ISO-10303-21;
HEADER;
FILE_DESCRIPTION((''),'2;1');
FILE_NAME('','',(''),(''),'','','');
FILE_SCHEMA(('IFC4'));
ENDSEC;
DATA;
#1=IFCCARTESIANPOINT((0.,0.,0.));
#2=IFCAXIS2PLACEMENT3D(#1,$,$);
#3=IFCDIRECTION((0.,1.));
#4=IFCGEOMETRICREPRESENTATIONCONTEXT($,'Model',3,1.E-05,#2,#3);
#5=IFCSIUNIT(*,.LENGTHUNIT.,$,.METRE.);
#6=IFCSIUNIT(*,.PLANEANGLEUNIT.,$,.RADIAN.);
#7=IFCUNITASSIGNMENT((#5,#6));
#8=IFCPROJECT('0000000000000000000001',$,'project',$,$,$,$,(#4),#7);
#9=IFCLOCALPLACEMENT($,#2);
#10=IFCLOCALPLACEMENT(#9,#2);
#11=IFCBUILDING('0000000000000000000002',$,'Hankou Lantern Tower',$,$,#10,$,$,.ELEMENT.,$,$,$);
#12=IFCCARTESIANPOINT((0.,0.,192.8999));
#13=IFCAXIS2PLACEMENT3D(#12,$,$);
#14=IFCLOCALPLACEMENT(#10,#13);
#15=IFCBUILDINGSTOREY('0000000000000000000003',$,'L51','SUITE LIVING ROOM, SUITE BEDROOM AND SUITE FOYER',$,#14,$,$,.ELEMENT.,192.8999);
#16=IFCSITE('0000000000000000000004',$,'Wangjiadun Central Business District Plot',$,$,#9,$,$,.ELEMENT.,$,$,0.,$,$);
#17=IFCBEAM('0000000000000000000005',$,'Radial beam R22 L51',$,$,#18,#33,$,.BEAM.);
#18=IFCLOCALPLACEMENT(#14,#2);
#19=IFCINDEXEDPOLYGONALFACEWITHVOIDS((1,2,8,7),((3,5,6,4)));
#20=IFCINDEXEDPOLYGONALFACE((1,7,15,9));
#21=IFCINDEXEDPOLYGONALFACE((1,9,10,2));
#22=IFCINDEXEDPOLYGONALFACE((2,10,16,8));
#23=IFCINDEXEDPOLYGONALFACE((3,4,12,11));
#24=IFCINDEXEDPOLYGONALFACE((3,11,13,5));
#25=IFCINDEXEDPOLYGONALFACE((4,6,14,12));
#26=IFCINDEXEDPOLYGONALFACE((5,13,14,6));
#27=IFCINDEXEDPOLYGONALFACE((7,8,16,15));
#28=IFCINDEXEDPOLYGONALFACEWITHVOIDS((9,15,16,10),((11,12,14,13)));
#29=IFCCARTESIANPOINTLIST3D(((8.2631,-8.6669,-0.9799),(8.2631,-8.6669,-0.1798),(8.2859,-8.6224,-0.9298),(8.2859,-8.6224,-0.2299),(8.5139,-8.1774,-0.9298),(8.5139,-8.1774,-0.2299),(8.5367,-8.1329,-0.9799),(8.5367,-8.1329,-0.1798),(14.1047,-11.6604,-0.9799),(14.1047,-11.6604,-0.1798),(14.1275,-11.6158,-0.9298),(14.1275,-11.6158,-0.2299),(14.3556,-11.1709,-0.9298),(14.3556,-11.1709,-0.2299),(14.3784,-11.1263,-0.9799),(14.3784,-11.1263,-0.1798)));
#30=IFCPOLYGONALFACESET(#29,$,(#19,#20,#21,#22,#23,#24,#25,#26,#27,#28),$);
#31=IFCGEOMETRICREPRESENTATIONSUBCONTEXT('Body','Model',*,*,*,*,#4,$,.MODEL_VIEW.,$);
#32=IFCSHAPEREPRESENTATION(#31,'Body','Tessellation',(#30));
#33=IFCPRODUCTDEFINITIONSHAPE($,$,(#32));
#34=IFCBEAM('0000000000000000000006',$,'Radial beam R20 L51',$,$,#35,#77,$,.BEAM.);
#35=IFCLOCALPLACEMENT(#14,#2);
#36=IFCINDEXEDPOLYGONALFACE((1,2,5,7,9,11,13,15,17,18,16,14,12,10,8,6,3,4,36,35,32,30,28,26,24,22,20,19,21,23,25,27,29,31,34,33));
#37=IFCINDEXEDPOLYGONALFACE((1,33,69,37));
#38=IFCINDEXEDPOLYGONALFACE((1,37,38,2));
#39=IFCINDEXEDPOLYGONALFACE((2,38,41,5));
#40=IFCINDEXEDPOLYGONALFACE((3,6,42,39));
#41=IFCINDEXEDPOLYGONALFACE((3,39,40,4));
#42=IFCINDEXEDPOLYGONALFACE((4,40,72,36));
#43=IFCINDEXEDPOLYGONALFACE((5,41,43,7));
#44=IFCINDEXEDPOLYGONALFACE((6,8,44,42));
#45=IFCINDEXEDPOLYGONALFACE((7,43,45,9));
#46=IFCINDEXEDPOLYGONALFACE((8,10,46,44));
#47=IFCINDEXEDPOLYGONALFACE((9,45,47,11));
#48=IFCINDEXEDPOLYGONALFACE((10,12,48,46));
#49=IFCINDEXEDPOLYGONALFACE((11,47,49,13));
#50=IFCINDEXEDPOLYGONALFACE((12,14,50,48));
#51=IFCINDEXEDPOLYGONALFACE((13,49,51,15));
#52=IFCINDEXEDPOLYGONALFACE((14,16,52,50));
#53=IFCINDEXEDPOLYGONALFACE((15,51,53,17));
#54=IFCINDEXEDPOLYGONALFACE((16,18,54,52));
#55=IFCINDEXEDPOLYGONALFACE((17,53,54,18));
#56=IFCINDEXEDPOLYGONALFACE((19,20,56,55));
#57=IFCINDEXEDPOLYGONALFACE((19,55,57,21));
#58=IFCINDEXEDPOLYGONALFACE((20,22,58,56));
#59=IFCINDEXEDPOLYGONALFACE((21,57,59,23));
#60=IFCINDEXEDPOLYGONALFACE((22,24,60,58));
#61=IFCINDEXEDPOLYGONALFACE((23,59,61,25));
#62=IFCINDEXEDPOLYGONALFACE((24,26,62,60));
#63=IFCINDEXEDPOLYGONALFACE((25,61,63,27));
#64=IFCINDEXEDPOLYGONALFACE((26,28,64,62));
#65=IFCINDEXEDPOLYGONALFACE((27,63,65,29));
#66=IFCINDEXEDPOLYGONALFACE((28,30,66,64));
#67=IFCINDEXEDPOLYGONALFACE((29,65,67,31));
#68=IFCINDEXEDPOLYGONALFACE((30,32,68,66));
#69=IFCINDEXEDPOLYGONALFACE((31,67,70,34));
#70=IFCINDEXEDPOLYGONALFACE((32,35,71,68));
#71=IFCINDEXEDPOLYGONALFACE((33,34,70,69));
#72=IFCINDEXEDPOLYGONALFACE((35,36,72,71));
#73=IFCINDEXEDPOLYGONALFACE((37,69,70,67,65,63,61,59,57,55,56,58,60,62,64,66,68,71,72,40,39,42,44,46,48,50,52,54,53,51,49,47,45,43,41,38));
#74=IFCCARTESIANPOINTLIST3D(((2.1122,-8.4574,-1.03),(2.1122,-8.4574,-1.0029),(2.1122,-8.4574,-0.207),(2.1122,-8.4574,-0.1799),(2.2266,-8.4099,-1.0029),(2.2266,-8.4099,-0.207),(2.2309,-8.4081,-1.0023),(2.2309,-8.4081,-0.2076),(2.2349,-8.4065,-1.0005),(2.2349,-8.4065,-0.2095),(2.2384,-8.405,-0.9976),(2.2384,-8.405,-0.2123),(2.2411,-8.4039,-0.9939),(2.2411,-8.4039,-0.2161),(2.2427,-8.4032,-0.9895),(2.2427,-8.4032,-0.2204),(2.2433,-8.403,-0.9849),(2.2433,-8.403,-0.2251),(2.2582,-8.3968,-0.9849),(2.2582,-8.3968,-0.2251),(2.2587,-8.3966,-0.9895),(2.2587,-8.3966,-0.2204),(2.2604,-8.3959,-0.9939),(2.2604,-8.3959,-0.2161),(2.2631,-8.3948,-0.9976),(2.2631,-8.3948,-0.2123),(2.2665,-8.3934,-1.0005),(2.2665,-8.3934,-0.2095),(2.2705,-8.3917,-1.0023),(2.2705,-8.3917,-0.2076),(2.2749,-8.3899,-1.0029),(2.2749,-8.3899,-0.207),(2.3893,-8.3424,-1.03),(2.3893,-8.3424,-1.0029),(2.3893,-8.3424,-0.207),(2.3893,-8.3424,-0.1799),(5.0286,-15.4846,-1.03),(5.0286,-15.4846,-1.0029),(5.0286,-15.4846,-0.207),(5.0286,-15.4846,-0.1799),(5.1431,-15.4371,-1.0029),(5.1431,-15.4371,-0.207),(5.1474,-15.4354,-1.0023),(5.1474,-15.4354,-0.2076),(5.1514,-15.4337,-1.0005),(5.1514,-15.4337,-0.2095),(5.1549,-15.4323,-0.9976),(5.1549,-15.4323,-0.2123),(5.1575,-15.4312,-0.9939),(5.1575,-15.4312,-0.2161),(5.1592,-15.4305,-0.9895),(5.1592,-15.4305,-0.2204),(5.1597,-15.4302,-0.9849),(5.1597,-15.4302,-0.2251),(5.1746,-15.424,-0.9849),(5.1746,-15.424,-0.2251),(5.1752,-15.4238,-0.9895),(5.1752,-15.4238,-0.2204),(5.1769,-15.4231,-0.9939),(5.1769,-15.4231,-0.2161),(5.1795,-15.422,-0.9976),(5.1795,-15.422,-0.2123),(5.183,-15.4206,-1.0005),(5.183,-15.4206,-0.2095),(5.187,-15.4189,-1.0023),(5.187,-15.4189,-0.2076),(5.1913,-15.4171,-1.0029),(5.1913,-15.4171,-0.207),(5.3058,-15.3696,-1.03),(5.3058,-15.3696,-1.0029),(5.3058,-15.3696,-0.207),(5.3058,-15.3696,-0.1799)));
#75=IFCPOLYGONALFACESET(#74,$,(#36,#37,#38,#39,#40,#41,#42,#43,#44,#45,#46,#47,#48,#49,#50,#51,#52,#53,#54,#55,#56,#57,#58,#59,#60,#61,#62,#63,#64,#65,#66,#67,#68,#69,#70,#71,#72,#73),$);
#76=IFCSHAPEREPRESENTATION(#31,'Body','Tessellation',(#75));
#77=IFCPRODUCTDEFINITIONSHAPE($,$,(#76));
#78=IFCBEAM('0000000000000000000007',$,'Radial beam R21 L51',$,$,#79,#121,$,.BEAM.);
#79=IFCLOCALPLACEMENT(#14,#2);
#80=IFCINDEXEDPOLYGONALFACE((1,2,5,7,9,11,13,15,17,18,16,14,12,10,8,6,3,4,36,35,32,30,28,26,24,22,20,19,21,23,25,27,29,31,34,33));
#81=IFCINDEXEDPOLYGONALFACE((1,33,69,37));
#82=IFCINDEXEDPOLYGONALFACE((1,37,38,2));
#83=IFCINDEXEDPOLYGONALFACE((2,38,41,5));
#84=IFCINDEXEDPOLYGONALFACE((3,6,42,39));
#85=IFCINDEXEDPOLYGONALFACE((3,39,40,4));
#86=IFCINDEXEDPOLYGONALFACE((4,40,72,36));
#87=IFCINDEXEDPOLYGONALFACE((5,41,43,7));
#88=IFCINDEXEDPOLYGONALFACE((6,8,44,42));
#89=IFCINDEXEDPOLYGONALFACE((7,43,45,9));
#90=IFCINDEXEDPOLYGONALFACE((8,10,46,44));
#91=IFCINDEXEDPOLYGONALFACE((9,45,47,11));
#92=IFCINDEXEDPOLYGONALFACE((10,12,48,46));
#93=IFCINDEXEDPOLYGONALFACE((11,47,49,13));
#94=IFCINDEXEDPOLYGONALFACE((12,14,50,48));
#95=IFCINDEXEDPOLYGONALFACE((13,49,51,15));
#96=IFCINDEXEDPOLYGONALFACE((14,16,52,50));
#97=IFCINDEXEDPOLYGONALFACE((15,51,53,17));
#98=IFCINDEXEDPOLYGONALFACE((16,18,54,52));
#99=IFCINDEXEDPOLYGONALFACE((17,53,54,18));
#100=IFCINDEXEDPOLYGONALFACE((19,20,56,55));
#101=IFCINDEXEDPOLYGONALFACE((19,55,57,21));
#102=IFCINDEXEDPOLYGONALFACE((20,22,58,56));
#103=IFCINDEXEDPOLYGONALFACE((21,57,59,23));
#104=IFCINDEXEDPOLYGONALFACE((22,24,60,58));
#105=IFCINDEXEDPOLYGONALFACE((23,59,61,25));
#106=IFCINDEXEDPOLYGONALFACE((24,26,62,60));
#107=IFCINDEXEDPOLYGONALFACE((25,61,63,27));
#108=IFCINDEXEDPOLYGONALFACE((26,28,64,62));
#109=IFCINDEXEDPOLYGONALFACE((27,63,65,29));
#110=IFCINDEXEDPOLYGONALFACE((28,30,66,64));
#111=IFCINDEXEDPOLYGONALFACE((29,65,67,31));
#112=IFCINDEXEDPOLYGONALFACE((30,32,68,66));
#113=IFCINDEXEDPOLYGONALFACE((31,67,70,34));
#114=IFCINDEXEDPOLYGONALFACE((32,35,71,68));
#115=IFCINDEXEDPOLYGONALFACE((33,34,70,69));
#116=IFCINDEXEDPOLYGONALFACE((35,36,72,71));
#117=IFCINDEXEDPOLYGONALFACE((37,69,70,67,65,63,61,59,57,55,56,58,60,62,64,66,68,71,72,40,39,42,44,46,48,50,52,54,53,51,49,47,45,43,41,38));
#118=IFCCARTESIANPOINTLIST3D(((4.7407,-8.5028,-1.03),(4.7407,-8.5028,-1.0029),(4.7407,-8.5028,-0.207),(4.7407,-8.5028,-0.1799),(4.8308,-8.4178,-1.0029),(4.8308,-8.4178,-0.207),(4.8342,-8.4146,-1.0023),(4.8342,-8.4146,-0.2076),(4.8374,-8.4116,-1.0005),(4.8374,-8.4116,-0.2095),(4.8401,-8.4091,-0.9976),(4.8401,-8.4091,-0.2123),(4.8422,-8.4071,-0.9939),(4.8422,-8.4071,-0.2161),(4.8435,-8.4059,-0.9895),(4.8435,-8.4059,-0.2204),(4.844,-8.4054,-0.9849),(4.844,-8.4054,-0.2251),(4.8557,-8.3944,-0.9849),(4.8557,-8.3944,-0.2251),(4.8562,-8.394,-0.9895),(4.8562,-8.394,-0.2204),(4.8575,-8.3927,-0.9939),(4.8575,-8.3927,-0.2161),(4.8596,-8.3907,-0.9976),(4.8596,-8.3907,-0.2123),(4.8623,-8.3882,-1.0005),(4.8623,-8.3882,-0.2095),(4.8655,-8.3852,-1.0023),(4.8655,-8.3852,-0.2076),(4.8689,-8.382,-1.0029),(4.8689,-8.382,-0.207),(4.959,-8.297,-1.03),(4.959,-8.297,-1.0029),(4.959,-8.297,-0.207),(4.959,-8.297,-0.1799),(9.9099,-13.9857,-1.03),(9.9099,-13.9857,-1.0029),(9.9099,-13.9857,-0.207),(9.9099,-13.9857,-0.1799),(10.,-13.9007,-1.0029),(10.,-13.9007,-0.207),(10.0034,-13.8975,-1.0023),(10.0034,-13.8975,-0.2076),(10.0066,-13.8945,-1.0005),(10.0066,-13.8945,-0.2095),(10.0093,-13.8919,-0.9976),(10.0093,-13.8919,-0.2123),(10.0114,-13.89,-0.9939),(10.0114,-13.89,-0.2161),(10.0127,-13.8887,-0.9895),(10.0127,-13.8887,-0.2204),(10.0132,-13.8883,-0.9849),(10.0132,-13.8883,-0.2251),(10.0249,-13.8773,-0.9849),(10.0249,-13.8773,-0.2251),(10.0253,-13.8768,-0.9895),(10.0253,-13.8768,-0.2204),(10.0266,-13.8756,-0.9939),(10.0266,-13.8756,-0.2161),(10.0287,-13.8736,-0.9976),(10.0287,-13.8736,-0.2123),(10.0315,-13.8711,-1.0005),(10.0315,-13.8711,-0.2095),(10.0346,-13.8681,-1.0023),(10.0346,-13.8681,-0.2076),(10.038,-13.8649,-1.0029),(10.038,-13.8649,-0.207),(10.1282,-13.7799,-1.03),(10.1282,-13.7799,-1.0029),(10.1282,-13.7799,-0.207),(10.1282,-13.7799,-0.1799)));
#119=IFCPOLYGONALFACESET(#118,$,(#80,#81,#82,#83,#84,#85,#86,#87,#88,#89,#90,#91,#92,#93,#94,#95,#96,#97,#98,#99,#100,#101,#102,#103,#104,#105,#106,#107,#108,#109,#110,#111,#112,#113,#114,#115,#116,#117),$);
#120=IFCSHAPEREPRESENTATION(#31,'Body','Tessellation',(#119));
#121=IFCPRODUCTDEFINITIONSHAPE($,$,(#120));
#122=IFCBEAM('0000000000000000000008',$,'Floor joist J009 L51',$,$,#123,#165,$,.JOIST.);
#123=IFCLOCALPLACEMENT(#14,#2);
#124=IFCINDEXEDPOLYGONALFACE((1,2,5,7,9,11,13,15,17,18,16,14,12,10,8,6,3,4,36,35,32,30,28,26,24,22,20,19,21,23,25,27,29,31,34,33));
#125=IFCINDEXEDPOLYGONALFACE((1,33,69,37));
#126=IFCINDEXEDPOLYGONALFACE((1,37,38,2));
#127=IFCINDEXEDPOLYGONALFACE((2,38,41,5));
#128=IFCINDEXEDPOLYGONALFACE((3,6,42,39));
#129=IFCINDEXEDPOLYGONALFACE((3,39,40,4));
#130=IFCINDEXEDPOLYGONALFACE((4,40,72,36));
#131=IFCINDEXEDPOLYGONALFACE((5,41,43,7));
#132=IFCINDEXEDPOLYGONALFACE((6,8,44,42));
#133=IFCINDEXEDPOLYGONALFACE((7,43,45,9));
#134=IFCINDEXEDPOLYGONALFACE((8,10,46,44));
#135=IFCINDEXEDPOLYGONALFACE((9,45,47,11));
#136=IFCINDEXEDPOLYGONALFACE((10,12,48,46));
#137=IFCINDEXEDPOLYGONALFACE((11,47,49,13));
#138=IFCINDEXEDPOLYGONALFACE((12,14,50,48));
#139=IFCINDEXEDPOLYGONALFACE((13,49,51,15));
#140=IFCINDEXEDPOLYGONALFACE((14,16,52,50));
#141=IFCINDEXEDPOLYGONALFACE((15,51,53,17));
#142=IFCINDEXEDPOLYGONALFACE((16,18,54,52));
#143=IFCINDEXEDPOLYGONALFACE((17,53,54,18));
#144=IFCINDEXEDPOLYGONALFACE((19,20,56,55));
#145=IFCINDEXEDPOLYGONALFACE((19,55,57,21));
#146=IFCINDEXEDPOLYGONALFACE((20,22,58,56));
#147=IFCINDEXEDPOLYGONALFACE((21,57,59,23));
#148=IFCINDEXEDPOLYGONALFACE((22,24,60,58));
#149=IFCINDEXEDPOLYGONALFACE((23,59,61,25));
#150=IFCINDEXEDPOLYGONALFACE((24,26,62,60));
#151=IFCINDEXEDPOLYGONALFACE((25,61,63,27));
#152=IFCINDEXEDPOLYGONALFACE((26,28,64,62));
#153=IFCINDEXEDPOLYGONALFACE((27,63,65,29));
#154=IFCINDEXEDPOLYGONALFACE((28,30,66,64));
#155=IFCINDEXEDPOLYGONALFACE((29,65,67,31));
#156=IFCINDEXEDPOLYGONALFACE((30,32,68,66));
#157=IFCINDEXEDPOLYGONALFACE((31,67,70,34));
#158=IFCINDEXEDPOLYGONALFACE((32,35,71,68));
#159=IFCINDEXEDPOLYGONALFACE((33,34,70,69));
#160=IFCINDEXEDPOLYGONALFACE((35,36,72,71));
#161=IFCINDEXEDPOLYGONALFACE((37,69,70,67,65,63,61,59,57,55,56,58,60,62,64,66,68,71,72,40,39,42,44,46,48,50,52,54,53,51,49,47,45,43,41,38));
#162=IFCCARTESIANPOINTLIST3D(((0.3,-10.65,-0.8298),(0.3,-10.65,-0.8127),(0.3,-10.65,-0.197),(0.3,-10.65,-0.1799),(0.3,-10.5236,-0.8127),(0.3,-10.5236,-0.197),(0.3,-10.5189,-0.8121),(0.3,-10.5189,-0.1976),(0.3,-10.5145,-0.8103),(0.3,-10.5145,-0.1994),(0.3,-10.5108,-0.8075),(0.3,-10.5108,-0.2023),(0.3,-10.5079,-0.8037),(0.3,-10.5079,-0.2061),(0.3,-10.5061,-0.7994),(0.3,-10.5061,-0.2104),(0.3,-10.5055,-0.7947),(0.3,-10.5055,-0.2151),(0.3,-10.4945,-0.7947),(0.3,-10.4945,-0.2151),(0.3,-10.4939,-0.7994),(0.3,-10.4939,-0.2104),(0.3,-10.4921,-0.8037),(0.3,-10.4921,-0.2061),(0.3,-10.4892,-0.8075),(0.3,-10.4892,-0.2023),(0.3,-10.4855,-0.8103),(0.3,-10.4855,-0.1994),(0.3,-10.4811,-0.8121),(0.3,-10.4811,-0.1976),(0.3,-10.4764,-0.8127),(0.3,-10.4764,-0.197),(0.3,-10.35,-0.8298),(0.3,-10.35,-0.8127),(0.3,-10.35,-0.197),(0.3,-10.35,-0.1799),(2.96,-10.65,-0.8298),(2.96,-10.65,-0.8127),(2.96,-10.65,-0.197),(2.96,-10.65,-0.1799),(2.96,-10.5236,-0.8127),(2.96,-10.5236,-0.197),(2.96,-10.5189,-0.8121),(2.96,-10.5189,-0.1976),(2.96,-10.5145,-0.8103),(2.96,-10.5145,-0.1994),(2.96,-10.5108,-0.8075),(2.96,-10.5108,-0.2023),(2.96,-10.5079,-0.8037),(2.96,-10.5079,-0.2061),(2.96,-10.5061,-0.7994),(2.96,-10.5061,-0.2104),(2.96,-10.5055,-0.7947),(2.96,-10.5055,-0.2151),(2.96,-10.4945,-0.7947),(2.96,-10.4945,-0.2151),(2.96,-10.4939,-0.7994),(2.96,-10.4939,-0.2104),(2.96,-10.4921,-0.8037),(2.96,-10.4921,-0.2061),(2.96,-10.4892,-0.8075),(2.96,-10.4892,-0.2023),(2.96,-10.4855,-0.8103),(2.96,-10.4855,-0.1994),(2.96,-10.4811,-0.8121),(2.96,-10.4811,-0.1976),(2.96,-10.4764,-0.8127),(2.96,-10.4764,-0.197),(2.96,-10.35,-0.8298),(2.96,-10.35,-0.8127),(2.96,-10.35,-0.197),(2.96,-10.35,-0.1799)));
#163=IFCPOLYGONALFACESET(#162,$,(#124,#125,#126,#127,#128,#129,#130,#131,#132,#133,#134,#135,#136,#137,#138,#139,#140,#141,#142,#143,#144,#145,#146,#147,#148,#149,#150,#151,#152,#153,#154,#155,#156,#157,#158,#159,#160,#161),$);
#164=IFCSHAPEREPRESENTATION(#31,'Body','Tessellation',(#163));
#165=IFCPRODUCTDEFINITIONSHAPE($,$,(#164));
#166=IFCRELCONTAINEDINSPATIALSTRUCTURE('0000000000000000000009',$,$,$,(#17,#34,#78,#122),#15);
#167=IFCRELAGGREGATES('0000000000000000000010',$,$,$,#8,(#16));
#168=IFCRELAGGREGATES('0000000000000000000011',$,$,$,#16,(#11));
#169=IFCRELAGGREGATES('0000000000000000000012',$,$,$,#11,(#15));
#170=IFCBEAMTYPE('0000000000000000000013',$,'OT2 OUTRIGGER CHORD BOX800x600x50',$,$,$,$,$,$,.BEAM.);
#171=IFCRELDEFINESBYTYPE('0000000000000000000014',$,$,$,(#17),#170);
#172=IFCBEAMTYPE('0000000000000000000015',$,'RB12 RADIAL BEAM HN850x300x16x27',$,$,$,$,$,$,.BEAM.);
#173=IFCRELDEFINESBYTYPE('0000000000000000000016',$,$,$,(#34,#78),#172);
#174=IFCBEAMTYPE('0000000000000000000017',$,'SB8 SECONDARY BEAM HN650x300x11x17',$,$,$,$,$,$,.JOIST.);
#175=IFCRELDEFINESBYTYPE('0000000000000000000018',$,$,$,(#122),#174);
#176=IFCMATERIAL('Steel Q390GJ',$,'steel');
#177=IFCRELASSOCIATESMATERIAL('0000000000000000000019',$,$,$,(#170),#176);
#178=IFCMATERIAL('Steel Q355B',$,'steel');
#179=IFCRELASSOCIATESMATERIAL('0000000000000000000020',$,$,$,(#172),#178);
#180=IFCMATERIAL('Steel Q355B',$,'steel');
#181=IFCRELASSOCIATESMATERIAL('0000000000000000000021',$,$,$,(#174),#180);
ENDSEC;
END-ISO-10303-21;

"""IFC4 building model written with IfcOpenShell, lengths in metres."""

from ifc_helpers import new_model, si_unit, direction, frame, origin, origin_2d, place, context, subcontext, project, spatial, hollow_rectangle, i_section, extrude, material, material_profile, profile_set, type_object, element, save


model = new_model("IFC4")

# Units and contexts
model_context = context("Model", 3, precision=1e-05, world=origin(), true_north=direction((0.0, 1.0)))
body_context = subcontext(model_context, "Body", "Model", "MODEL_VIEW")
ifc_project = project(units=[si_unit("LENGTHUNIT", "METRE"), si_unit("PLANEANGLEUNIT", "RADIAN")], contexts=[model_context])

# Site, building, storey
site_placement = place(None, origin())
site = spatial("IfcSite", under=ifc_project, at=site_placement, Name="Wangjiadun Central Business District Plot", CompositionType="ELEMENT", RefElevation=0.0)
building_placement = place(site_placement, origin())
building = spatial("IfcBuilding", under=site, at=building_placement, Name="Hankou Lantern Tower", CompositionType="ELEMENT")
storey_placement = place(building_placement, frame((0.0, 0.0, 192.8999)))
storey = spatial("IfcBuildingStorey", under=building, at=storey_placement, Name="L51", Description="SUITE LIVING ROOM, SUITE BEDROOM AND SUITE FOYER", CompositionType="ELEMENT", Elevation=192.8999)

# Beams
ifc_material_1 = material(Name="Steel Q390GJ", Category="steel")
ifc_material_profile_1 = material_profile(ifc_material_1, hollow_rectangle(XDim=0.6001, YDim=0.8, WallThickness=0.05, at=origin_2d()), Name="BOX800x600x50")
ifc_profile_set_1 = profile_set([ifc_material_profile_1], Name="Steel Q390GJ")
beam_type_1 = type_object("IfcBeamType", Name="OT2 OUTRIGGER CHORD BOX800x600x50", PredefinedType="BEAM", material=ifc_profile_set_1)
beam_1_placement = place(storey_placement, frame((8.3999, -8.3999, -0.5798), z_axis=(0.889957, -0.456044, 0.0), x_axis=(0.456044, 0.889957, 0.0)))
element("IfcBeam", 1, at=beam_1_placement, inside=storey, type_object=beam_type_1, Name="Radial beam R22 L51", PredefinedType="BEAM", context=body_context, shape_type="SweptSolid", body=[
    extrude(hollow_rectangle(XDim=0.6001, YDim=0.8, WallThickness=0.05, at=origin_2d()), origin(), (0.0, 0.0, 1.0), 6.564),
])
ifc_material_2 = material(Name="Steel Q355B", Category="steel")
ifc_material_profile_2 = material_profile(ifc_material_2, i_section(OverallWidth=0.3, OverallDepth=0.8501, WebThickness=0.0161, FlangeThickness=0.0271, FilletRadius=0.0181, at=origin_2d()), Name="HN850x300x16x27")
ifc_profile_set_2 = profile_set([ifc_material_profile_2], Name="Steel Q355B")
beam_type_2 = type_object("IfcBeamType", Name="RB12 RADIAL BEAM HN850x300x16x27", PredefinedType="BEAM", material=ifc_profile_set_2)
beam_2_placement = place(storey_placement, frame((2.2507, -8.3999, -0.605), z_axis=(0.383321, -0.923615, 0.0), x_axis=(0.923615, 0.383321, 0.0)))
element("IfcBeam", 2, at=beam_2_placement, inside=storey, type_object=beam_type_2, Name="Radial beam R20 L51", PredefinedType="BEAM", context=body_context, shape_type="SweptSolid", body=[
    extrude(i_section(OverallWidth=0.3, OverallDepth=0.8501, WebThickness=0.0161, FlangeThickness=0.0271, FilletRadius=0.0181, at=origin_2d()), origin(), (0.0, 0.0, 1.0), 7.6084),
])
beam_3_placement = place(storey_placement, frame((4.8499, -8.3999, -0.605), z_axis=(0.685984, -0.727617, 0.0), x_axis=(0.727617, 0.685984, 0.0)))
element("IfcBeam", 3, at=beam_3_placement, inside=storey, type_object=beam_type_2, Name="Radial beam R21 L51", PredefinedType="BEAM", context=body_context, shape_type="SweptSolid", body=[
    extrude(i_section(OverallWidth=0.3, OverallDepth=0.8501, WebThickness=0.0161, FlangeThickness=0.0271, FilletRadius=0.0181, at=origin_2d()), origin(), (0.0, 0.0, 1.0), 7.5354),
])
ifc_material_3 = material(Name="Steel Q355B", Category="steel")
ifc_material_profile_3 = material_profile(ifc_material_3, i_section(OverallWidth=0.3, OverallDepth=0.6499, WebThickness=0.011, FlangeThickness=0.0171, FilletRadius=0.0181, at=origin_2d()), Name="HN650x300x11x17")
ifc_profile_set_3 = profile_set([ifc_material_profile_3], Name="Steel Q355B")
beam_type_3 = type_object("IfcBeamType", Name="SB8 SECONDARY BEAM HN650x300x11x17", PredefinedType="JOIST", material=ifc_profile_set_3)
beam_4_placement = place(storey_placement, frame((0.3, -10.5, -0.5049), z_axis=(1.0, 0.0, 0.0), x_axis=(0.0, 1.0, 0.0)))
element("IfcBeam", 4, at=beam_4_placement, inside=storey, type_object=beam_type_3, Name="Floor joist J009 L51", PredefinedType="JOIST", context=body_context, shape_type="SweptSolid", body=[
    extrude(i_section(OverallWidth=0.3, OverallDepth=0.6499, WebThickness=0.011, FlangeThickness=0.0171, FilletRadius=0.0181, at=origin_2d()), origin(), (0.0, 0.0, 1.0), 2.6599),
])

save(model, "model.ifc")
